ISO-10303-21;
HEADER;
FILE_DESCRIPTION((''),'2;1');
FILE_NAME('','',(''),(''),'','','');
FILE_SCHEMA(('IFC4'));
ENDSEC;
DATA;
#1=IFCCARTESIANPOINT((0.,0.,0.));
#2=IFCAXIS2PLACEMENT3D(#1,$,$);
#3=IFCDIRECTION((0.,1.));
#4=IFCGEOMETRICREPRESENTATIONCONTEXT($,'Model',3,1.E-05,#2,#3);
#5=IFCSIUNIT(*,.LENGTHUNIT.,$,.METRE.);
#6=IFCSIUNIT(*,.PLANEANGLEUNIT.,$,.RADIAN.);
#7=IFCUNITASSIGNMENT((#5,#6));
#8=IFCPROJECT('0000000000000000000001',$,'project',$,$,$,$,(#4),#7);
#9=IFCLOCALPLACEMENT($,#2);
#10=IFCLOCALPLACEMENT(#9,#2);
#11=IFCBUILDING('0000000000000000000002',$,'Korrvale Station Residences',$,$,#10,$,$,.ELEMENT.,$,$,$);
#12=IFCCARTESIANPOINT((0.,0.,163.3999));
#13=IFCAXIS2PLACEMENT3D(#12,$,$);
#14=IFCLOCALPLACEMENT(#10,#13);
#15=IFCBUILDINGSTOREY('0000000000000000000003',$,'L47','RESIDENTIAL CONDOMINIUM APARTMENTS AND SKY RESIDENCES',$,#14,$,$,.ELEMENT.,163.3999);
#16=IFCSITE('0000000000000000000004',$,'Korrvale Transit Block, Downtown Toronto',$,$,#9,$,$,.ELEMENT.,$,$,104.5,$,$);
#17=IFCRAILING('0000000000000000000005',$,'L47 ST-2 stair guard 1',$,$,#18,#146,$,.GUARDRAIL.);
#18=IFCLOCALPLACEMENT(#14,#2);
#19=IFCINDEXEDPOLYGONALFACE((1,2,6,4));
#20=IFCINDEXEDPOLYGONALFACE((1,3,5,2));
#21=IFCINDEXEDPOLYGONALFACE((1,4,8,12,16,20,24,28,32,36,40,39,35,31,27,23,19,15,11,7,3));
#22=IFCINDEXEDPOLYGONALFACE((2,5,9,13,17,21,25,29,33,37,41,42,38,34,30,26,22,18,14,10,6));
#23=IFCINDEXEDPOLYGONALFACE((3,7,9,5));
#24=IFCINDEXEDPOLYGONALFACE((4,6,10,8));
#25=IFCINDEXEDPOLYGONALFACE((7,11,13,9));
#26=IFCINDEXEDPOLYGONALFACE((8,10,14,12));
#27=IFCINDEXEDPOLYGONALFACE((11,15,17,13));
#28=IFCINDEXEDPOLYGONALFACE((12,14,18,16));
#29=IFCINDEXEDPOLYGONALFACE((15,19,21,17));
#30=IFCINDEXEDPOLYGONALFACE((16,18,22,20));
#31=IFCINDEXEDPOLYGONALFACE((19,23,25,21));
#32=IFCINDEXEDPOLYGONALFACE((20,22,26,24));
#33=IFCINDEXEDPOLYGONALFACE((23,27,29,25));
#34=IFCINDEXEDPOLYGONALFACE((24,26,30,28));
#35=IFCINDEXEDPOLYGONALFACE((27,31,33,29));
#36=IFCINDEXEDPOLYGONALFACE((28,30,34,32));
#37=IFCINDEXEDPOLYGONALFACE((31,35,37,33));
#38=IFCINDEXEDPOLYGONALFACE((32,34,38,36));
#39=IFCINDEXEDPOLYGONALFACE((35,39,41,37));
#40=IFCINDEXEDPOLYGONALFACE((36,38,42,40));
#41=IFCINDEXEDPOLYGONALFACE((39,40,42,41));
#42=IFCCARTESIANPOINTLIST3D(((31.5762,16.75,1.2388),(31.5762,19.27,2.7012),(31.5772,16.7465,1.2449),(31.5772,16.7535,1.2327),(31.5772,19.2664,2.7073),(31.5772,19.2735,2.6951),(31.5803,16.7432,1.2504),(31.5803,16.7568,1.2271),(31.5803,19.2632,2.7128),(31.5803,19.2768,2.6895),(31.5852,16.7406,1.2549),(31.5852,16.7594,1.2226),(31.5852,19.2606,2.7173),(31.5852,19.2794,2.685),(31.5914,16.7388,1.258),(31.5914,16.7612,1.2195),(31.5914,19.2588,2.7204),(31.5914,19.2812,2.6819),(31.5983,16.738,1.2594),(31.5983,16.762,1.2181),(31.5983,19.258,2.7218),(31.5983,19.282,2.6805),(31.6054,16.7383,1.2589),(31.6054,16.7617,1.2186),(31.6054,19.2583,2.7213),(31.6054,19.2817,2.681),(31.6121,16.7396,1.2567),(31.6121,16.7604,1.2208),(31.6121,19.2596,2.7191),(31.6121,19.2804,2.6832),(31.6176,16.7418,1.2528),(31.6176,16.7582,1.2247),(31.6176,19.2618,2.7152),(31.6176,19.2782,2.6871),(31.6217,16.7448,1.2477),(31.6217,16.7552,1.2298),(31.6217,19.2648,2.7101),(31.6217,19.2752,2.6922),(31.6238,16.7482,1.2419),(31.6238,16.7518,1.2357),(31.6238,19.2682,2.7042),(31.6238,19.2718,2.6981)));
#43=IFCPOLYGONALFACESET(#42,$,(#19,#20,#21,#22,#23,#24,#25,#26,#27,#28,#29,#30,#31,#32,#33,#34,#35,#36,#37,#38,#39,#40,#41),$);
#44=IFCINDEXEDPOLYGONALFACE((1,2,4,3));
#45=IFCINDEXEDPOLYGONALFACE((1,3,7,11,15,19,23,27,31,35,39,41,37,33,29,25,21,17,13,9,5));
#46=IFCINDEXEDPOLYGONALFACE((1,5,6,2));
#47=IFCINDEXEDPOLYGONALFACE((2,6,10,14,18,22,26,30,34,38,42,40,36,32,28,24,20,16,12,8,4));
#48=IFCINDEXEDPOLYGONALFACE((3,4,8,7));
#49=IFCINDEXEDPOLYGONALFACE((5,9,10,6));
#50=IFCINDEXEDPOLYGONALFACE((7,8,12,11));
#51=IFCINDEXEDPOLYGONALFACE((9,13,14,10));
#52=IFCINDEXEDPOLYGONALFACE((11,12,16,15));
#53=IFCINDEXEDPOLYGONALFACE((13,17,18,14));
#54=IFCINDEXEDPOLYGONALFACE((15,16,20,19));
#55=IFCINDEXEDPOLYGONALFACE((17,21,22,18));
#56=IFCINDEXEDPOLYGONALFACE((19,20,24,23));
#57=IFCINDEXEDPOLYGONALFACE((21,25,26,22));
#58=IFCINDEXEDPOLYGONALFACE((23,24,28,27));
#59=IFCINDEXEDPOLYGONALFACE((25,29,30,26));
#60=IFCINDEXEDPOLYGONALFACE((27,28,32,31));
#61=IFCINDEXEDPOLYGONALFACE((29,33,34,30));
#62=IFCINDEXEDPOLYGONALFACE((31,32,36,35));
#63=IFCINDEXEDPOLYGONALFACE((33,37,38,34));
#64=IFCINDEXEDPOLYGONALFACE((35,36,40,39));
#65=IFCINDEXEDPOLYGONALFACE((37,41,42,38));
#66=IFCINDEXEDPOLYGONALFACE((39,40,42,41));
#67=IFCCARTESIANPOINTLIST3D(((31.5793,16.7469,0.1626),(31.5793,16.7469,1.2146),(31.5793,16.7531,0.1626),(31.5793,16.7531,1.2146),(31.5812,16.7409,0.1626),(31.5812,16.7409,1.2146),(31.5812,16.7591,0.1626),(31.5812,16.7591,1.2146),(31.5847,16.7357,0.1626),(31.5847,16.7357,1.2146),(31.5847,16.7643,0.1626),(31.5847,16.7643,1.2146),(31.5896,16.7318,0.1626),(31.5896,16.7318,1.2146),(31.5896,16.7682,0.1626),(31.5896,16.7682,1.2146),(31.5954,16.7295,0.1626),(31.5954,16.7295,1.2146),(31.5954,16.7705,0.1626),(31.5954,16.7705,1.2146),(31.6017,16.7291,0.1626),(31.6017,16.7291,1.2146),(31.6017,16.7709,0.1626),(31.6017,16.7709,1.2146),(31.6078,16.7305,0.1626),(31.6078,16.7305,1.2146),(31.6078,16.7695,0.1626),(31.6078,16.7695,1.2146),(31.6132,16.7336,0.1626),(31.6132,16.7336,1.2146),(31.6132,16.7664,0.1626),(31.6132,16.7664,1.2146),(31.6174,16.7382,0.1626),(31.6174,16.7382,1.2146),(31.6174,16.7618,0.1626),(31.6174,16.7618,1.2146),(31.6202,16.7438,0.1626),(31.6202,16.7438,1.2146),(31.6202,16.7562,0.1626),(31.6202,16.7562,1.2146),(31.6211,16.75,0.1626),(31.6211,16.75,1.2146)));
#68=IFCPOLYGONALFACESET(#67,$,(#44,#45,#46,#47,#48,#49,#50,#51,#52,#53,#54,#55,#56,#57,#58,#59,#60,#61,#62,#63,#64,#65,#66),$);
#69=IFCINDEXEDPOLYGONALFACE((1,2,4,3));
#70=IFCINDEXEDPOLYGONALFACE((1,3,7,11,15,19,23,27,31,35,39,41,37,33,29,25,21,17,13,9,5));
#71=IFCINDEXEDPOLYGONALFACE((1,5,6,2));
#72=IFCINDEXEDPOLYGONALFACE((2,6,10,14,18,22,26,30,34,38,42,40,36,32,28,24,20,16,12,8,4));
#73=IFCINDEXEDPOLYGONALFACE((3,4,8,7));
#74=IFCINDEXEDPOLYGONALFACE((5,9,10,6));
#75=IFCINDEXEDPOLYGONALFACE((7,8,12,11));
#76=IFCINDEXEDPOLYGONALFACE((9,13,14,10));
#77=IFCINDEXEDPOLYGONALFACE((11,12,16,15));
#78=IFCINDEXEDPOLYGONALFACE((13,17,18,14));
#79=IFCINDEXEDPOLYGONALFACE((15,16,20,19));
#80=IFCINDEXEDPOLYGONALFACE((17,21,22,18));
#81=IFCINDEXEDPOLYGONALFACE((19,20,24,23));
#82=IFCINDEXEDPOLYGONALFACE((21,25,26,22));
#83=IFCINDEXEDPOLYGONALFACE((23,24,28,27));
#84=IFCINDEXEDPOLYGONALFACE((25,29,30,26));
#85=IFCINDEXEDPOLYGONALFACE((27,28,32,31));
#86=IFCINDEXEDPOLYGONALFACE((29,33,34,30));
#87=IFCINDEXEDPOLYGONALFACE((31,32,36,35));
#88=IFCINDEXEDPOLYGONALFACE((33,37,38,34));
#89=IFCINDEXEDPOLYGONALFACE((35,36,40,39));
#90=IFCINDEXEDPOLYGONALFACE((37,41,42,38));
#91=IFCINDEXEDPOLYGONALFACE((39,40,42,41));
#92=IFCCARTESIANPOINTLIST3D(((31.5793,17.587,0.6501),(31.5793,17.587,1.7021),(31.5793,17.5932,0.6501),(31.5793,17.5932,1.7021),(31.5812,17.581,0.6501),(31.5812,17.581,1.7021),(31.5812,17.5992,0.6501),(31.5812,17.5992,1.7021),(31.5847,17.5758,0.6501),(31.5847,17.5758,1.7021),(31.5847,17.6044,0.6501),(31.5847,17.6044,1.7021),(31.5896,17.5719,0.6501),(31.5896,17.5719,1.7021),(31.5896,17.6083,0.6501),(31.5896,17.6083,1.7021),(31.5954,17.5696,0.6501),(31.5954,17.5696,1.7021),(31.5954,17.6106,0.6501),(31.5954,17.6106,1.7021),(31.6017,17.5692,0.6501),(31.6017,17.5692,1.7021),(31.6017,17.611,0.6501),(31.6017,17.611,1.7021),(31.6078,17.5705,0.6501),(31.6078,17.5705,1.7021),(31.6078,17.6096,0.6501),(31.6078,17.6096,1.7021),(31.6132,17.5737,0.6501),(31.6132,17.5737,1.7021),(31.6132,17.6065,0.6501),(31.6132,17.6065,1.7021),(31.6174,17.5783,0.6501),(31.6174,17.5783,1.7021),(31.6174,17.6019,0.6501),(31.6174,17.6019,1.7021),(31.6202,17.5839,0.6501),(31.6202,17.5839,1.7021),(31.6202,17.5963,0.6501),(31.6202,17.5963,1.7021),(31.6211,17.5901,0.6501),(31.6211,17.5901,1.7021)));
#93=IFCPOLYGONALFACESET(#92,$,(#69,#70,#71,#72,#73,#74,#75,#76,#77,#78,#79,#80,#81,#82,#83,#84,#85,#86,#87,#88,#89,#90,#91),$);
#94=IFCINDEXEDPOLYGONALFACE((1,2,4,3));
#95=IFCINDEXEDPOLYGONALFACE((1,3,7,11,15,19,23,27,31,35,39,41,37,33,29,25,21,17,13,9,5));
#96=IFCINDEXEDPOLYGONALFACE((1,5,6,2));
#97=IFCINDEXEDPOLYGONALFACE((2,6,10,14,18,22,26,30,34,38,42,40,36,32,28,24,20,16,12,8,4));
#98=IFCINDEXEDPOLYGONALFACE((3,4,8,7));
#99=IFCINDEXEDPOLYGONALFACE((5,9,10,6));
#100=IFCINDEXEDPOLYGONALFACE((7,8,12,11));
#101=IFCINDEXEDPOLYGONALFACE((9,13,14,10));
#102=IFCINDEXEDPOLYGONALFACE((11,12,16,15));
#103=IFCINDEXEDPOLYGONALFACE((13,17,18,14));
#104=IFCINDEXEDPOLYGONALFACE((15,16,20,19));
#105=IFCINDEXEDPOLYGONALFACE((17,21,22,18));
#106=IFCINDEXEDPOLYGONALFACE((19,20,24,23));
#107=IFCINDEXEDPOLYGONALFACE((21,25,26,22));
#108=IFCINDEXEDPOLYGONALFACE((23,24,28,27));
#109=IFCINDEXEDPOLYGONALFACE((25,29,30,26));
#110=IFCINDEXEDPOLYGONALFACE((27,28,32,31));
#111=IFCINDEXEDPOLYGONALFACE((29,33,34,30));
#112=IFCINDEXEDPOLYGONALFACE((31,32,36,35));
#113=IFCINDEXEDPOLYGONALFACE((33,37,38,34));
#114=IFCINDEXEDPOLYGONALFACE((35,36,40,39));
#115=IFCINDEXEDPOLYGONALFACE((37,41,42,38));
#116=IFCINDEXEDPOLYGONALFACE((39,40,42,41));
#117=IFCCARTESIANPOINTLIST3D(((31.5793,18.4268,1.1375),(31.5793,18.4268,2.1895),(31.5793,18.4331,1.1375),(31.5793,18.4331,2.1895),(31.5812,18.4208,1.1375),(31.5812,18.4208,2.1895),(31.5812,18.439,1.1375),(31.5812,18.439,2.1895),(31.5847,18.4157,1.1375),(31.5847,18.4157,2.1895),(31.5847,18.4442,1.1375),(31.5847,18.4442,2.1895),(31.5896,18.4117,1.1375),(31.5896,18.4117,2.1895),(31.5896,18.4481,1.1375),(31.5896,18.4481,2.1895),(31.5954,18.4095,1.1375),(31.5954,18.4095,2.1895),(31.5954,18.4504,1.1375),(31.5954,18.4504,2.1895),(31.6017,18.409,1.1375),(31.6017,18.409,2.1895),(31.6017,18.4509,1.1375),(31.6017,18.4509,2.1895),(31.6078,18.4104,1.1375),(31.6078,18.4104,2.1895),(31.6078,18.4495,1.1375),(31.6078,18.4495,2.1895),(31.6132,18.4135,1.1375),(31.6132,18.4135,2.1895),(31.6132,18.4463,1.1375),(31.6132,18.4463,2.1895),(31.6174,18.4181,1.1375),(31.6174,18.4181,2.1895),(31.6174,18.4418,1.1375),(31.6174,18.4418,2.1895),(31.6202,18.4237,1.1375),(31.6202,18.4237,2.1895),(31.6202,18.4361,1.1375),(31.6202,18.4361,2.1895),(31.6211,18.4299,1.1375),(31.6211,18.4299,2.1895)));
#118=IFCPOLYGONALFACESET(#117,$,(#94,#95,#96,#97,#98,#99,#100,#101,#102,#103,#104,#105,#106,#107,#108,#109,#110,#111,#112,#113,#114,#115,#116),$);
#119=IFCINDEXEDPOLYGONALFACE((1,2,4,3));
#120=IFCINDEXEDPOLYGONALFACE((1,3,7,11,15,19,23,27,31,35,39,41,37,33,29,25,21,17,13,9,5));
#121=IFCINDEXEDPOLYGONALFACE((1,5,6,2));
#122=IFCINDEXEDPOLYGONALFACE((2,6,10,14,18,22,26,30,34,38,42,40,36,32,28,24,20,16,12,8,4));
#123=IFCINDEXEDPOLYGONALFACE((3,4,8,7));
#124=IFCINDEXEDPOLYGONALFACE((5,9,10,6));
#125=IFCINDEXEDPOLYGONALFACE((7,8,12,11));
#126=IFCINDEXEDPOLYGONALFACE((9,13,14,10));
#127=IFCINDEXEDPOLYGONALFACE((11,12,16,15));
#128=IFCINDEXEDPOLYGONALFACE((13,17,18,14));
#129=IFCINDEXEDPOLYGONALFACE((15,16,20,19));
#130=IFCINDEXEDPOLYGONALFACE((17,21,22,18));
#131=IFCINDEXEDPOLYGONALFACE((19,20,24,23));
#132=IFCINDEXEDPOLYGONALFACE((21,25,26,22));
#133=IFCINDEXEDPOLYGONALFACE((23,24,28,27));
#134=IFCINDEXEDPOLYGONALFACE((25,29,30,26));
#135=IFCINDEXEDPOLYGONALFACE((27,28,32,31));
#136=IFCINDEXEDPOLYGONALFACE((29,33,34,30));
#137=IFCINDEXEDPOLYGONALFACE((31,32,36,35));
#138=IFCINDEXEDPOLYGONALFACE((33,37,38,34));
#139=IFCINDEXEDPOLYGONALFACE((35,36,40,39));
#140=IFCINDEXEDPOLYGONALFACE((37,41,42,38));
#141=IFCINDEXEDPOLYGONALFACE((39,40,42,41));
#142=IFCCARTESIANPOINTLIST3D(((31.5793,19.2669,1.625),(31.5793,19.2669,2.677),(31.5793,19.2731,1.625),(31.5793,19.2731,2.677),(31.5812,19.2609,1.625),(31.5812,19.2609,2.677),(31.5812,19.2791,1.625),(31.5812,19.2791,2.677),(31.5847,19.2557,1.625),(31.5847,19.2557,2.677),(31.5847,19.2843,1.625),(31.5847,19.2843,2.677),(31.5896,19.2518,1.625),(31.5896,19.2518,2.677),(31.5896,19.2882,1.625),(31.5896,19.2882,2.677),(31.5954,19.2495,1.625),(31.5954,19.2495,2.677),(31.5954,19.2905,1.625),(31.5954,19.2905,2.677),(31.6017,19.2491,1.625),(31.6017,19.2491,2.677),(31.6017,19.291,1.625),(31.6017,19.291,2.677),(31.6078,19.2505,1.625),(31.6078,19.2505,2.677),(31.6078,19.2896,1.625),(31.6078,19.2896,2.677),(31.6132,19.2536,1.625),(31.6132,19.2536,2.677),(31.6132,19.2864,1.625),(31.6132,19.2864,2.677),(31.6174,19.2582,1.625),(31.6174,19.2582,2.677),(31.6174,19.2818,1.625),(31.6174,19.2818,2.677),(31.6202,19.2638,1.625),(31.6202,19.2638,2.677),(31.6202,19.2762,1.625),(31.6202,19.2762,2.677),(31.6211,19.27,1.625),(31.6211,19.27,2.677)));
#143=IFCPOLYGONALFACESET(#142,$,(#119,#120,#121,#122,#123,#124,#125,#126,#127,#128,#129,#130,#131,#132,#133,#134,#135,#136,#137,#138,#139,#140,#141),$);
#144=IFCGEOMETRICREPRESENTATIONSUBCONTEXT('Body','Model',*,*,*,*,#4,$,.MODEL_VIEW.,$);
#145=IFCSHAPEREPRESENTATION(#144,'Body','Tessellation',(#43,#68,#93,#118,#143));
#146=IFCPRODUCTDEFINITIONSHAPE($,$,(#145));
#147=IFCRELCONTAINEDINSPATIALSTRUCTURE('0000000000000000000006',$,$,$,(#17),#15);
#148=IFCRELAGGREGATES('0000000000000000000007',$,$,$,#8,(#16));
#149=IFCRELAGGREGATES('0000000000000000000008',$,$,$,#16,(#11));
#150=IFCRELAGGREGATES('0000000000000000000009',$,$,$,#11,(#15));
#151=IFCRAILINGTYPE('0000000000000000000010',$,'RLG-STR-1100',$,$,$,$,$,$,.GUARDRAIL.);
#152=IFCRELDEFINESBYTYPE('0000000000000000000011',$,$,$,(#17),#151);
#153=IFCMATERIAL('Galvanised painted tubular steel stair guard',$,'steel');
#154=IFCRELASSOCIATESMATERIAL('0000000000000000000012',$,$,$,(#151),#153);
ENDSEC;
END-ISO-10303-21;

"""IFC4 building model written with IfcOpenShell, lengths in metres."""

from ifc_helpers import new_model, si_unit, direction, frame, origin, origin_2d, place, context, subcontext, project, spatial, circle, extrude, material, type_object, element, save


model = new_model("IFC4")

# Units and contexts
model_context = context("Model", 3, precision=1e-05, world=origin(), true_north=direction((0.0, 1.0)))
body_context = subcontext(model_context, "Body", "Model", "MODEL_VIEW")
ifc_project = project(units=[si_unit("LENGTHUNIT", "METRE"), si_unit("PLANEANGLEUNIT", "RADIAN")], contexts=[model_context])

# Site, building, storey
site_placement = place(None, origin())
site = spatial("IfcSite", under=ifc_project, at=site_placement, Name="Korrvale Transit Block, Downtown Toronto", CompositionType="ELEMENT", RefElevation=104.5)
building_placement = place(site_placement, origin())
building = spatial("IfcBuilding", under=site, at=building_placement, Name="Korrvale Station Residences", CompositionType="ELEMENT")
storey_placement = place(building_placement, frame((0.0, 0.0, 163.3999)))
storey = spatial("IfcBuildingStorey", under=building, at=storey_placement, Name="L47", Description="RESIDENTIAL CONDOMINIUM APARTMENTS AND SKY RESIDENCES", CompositionType="ELEMENT", Elevation=163.3999)

# Railing
ifc_material_1 = material(Name="Galvanised painted tubular steel stair guard", Category="steel")
railing_type_1 = type_object("IfcRailingType", Name="RLG-STR-1100", PredefinedType="GUARDRAIL", material=ifc_material_1)
railing_1_placement = place(storey_placement, frame((31.6001, 16.75, 0.1626)))
element("IfcRailing", 1, at=railing_1_placement, inside=storey, type_object=railing_type_1, Name="L47 ST-2 stair guard 1", PredefinedType="GUARDRAIL", context=body_context, shape_type="SweptSolid", body=[
    extrude(circle(Radius=0.0239, at=origin_2d()), frame((0.0, 0.0, 1.0762), z_axis=(0.0, 0.864913, 0.501921), x_axis=(-1.0, 0.0, 0.0)), (0.0, 0.0, 1.0), 2.9136),
    extrude(circle(Radius=0.021, at=origin_2d()), origin(), (0.0, 0.0, 1.0), 1.052),
    extrude(circle(Radius=0.021, at=origin_2d()), frame((0.0, 0.8401, 0.4875)), (0.0, 0.0, 1.0), 1.052),
    extrude(circle(Radius=0.021, at=origin_2d()), frame((0.0, 1.6799, 0.9749)), (0.0, 0.0, 1.0), 1.052),
    extrude(circle(Radius=0.021, at=origin_2d()), frame((0.0, 2.52, 1.4624)), (0.0, 0.0, 1.0), 1.052),
])

save(model, "model.ifc")
